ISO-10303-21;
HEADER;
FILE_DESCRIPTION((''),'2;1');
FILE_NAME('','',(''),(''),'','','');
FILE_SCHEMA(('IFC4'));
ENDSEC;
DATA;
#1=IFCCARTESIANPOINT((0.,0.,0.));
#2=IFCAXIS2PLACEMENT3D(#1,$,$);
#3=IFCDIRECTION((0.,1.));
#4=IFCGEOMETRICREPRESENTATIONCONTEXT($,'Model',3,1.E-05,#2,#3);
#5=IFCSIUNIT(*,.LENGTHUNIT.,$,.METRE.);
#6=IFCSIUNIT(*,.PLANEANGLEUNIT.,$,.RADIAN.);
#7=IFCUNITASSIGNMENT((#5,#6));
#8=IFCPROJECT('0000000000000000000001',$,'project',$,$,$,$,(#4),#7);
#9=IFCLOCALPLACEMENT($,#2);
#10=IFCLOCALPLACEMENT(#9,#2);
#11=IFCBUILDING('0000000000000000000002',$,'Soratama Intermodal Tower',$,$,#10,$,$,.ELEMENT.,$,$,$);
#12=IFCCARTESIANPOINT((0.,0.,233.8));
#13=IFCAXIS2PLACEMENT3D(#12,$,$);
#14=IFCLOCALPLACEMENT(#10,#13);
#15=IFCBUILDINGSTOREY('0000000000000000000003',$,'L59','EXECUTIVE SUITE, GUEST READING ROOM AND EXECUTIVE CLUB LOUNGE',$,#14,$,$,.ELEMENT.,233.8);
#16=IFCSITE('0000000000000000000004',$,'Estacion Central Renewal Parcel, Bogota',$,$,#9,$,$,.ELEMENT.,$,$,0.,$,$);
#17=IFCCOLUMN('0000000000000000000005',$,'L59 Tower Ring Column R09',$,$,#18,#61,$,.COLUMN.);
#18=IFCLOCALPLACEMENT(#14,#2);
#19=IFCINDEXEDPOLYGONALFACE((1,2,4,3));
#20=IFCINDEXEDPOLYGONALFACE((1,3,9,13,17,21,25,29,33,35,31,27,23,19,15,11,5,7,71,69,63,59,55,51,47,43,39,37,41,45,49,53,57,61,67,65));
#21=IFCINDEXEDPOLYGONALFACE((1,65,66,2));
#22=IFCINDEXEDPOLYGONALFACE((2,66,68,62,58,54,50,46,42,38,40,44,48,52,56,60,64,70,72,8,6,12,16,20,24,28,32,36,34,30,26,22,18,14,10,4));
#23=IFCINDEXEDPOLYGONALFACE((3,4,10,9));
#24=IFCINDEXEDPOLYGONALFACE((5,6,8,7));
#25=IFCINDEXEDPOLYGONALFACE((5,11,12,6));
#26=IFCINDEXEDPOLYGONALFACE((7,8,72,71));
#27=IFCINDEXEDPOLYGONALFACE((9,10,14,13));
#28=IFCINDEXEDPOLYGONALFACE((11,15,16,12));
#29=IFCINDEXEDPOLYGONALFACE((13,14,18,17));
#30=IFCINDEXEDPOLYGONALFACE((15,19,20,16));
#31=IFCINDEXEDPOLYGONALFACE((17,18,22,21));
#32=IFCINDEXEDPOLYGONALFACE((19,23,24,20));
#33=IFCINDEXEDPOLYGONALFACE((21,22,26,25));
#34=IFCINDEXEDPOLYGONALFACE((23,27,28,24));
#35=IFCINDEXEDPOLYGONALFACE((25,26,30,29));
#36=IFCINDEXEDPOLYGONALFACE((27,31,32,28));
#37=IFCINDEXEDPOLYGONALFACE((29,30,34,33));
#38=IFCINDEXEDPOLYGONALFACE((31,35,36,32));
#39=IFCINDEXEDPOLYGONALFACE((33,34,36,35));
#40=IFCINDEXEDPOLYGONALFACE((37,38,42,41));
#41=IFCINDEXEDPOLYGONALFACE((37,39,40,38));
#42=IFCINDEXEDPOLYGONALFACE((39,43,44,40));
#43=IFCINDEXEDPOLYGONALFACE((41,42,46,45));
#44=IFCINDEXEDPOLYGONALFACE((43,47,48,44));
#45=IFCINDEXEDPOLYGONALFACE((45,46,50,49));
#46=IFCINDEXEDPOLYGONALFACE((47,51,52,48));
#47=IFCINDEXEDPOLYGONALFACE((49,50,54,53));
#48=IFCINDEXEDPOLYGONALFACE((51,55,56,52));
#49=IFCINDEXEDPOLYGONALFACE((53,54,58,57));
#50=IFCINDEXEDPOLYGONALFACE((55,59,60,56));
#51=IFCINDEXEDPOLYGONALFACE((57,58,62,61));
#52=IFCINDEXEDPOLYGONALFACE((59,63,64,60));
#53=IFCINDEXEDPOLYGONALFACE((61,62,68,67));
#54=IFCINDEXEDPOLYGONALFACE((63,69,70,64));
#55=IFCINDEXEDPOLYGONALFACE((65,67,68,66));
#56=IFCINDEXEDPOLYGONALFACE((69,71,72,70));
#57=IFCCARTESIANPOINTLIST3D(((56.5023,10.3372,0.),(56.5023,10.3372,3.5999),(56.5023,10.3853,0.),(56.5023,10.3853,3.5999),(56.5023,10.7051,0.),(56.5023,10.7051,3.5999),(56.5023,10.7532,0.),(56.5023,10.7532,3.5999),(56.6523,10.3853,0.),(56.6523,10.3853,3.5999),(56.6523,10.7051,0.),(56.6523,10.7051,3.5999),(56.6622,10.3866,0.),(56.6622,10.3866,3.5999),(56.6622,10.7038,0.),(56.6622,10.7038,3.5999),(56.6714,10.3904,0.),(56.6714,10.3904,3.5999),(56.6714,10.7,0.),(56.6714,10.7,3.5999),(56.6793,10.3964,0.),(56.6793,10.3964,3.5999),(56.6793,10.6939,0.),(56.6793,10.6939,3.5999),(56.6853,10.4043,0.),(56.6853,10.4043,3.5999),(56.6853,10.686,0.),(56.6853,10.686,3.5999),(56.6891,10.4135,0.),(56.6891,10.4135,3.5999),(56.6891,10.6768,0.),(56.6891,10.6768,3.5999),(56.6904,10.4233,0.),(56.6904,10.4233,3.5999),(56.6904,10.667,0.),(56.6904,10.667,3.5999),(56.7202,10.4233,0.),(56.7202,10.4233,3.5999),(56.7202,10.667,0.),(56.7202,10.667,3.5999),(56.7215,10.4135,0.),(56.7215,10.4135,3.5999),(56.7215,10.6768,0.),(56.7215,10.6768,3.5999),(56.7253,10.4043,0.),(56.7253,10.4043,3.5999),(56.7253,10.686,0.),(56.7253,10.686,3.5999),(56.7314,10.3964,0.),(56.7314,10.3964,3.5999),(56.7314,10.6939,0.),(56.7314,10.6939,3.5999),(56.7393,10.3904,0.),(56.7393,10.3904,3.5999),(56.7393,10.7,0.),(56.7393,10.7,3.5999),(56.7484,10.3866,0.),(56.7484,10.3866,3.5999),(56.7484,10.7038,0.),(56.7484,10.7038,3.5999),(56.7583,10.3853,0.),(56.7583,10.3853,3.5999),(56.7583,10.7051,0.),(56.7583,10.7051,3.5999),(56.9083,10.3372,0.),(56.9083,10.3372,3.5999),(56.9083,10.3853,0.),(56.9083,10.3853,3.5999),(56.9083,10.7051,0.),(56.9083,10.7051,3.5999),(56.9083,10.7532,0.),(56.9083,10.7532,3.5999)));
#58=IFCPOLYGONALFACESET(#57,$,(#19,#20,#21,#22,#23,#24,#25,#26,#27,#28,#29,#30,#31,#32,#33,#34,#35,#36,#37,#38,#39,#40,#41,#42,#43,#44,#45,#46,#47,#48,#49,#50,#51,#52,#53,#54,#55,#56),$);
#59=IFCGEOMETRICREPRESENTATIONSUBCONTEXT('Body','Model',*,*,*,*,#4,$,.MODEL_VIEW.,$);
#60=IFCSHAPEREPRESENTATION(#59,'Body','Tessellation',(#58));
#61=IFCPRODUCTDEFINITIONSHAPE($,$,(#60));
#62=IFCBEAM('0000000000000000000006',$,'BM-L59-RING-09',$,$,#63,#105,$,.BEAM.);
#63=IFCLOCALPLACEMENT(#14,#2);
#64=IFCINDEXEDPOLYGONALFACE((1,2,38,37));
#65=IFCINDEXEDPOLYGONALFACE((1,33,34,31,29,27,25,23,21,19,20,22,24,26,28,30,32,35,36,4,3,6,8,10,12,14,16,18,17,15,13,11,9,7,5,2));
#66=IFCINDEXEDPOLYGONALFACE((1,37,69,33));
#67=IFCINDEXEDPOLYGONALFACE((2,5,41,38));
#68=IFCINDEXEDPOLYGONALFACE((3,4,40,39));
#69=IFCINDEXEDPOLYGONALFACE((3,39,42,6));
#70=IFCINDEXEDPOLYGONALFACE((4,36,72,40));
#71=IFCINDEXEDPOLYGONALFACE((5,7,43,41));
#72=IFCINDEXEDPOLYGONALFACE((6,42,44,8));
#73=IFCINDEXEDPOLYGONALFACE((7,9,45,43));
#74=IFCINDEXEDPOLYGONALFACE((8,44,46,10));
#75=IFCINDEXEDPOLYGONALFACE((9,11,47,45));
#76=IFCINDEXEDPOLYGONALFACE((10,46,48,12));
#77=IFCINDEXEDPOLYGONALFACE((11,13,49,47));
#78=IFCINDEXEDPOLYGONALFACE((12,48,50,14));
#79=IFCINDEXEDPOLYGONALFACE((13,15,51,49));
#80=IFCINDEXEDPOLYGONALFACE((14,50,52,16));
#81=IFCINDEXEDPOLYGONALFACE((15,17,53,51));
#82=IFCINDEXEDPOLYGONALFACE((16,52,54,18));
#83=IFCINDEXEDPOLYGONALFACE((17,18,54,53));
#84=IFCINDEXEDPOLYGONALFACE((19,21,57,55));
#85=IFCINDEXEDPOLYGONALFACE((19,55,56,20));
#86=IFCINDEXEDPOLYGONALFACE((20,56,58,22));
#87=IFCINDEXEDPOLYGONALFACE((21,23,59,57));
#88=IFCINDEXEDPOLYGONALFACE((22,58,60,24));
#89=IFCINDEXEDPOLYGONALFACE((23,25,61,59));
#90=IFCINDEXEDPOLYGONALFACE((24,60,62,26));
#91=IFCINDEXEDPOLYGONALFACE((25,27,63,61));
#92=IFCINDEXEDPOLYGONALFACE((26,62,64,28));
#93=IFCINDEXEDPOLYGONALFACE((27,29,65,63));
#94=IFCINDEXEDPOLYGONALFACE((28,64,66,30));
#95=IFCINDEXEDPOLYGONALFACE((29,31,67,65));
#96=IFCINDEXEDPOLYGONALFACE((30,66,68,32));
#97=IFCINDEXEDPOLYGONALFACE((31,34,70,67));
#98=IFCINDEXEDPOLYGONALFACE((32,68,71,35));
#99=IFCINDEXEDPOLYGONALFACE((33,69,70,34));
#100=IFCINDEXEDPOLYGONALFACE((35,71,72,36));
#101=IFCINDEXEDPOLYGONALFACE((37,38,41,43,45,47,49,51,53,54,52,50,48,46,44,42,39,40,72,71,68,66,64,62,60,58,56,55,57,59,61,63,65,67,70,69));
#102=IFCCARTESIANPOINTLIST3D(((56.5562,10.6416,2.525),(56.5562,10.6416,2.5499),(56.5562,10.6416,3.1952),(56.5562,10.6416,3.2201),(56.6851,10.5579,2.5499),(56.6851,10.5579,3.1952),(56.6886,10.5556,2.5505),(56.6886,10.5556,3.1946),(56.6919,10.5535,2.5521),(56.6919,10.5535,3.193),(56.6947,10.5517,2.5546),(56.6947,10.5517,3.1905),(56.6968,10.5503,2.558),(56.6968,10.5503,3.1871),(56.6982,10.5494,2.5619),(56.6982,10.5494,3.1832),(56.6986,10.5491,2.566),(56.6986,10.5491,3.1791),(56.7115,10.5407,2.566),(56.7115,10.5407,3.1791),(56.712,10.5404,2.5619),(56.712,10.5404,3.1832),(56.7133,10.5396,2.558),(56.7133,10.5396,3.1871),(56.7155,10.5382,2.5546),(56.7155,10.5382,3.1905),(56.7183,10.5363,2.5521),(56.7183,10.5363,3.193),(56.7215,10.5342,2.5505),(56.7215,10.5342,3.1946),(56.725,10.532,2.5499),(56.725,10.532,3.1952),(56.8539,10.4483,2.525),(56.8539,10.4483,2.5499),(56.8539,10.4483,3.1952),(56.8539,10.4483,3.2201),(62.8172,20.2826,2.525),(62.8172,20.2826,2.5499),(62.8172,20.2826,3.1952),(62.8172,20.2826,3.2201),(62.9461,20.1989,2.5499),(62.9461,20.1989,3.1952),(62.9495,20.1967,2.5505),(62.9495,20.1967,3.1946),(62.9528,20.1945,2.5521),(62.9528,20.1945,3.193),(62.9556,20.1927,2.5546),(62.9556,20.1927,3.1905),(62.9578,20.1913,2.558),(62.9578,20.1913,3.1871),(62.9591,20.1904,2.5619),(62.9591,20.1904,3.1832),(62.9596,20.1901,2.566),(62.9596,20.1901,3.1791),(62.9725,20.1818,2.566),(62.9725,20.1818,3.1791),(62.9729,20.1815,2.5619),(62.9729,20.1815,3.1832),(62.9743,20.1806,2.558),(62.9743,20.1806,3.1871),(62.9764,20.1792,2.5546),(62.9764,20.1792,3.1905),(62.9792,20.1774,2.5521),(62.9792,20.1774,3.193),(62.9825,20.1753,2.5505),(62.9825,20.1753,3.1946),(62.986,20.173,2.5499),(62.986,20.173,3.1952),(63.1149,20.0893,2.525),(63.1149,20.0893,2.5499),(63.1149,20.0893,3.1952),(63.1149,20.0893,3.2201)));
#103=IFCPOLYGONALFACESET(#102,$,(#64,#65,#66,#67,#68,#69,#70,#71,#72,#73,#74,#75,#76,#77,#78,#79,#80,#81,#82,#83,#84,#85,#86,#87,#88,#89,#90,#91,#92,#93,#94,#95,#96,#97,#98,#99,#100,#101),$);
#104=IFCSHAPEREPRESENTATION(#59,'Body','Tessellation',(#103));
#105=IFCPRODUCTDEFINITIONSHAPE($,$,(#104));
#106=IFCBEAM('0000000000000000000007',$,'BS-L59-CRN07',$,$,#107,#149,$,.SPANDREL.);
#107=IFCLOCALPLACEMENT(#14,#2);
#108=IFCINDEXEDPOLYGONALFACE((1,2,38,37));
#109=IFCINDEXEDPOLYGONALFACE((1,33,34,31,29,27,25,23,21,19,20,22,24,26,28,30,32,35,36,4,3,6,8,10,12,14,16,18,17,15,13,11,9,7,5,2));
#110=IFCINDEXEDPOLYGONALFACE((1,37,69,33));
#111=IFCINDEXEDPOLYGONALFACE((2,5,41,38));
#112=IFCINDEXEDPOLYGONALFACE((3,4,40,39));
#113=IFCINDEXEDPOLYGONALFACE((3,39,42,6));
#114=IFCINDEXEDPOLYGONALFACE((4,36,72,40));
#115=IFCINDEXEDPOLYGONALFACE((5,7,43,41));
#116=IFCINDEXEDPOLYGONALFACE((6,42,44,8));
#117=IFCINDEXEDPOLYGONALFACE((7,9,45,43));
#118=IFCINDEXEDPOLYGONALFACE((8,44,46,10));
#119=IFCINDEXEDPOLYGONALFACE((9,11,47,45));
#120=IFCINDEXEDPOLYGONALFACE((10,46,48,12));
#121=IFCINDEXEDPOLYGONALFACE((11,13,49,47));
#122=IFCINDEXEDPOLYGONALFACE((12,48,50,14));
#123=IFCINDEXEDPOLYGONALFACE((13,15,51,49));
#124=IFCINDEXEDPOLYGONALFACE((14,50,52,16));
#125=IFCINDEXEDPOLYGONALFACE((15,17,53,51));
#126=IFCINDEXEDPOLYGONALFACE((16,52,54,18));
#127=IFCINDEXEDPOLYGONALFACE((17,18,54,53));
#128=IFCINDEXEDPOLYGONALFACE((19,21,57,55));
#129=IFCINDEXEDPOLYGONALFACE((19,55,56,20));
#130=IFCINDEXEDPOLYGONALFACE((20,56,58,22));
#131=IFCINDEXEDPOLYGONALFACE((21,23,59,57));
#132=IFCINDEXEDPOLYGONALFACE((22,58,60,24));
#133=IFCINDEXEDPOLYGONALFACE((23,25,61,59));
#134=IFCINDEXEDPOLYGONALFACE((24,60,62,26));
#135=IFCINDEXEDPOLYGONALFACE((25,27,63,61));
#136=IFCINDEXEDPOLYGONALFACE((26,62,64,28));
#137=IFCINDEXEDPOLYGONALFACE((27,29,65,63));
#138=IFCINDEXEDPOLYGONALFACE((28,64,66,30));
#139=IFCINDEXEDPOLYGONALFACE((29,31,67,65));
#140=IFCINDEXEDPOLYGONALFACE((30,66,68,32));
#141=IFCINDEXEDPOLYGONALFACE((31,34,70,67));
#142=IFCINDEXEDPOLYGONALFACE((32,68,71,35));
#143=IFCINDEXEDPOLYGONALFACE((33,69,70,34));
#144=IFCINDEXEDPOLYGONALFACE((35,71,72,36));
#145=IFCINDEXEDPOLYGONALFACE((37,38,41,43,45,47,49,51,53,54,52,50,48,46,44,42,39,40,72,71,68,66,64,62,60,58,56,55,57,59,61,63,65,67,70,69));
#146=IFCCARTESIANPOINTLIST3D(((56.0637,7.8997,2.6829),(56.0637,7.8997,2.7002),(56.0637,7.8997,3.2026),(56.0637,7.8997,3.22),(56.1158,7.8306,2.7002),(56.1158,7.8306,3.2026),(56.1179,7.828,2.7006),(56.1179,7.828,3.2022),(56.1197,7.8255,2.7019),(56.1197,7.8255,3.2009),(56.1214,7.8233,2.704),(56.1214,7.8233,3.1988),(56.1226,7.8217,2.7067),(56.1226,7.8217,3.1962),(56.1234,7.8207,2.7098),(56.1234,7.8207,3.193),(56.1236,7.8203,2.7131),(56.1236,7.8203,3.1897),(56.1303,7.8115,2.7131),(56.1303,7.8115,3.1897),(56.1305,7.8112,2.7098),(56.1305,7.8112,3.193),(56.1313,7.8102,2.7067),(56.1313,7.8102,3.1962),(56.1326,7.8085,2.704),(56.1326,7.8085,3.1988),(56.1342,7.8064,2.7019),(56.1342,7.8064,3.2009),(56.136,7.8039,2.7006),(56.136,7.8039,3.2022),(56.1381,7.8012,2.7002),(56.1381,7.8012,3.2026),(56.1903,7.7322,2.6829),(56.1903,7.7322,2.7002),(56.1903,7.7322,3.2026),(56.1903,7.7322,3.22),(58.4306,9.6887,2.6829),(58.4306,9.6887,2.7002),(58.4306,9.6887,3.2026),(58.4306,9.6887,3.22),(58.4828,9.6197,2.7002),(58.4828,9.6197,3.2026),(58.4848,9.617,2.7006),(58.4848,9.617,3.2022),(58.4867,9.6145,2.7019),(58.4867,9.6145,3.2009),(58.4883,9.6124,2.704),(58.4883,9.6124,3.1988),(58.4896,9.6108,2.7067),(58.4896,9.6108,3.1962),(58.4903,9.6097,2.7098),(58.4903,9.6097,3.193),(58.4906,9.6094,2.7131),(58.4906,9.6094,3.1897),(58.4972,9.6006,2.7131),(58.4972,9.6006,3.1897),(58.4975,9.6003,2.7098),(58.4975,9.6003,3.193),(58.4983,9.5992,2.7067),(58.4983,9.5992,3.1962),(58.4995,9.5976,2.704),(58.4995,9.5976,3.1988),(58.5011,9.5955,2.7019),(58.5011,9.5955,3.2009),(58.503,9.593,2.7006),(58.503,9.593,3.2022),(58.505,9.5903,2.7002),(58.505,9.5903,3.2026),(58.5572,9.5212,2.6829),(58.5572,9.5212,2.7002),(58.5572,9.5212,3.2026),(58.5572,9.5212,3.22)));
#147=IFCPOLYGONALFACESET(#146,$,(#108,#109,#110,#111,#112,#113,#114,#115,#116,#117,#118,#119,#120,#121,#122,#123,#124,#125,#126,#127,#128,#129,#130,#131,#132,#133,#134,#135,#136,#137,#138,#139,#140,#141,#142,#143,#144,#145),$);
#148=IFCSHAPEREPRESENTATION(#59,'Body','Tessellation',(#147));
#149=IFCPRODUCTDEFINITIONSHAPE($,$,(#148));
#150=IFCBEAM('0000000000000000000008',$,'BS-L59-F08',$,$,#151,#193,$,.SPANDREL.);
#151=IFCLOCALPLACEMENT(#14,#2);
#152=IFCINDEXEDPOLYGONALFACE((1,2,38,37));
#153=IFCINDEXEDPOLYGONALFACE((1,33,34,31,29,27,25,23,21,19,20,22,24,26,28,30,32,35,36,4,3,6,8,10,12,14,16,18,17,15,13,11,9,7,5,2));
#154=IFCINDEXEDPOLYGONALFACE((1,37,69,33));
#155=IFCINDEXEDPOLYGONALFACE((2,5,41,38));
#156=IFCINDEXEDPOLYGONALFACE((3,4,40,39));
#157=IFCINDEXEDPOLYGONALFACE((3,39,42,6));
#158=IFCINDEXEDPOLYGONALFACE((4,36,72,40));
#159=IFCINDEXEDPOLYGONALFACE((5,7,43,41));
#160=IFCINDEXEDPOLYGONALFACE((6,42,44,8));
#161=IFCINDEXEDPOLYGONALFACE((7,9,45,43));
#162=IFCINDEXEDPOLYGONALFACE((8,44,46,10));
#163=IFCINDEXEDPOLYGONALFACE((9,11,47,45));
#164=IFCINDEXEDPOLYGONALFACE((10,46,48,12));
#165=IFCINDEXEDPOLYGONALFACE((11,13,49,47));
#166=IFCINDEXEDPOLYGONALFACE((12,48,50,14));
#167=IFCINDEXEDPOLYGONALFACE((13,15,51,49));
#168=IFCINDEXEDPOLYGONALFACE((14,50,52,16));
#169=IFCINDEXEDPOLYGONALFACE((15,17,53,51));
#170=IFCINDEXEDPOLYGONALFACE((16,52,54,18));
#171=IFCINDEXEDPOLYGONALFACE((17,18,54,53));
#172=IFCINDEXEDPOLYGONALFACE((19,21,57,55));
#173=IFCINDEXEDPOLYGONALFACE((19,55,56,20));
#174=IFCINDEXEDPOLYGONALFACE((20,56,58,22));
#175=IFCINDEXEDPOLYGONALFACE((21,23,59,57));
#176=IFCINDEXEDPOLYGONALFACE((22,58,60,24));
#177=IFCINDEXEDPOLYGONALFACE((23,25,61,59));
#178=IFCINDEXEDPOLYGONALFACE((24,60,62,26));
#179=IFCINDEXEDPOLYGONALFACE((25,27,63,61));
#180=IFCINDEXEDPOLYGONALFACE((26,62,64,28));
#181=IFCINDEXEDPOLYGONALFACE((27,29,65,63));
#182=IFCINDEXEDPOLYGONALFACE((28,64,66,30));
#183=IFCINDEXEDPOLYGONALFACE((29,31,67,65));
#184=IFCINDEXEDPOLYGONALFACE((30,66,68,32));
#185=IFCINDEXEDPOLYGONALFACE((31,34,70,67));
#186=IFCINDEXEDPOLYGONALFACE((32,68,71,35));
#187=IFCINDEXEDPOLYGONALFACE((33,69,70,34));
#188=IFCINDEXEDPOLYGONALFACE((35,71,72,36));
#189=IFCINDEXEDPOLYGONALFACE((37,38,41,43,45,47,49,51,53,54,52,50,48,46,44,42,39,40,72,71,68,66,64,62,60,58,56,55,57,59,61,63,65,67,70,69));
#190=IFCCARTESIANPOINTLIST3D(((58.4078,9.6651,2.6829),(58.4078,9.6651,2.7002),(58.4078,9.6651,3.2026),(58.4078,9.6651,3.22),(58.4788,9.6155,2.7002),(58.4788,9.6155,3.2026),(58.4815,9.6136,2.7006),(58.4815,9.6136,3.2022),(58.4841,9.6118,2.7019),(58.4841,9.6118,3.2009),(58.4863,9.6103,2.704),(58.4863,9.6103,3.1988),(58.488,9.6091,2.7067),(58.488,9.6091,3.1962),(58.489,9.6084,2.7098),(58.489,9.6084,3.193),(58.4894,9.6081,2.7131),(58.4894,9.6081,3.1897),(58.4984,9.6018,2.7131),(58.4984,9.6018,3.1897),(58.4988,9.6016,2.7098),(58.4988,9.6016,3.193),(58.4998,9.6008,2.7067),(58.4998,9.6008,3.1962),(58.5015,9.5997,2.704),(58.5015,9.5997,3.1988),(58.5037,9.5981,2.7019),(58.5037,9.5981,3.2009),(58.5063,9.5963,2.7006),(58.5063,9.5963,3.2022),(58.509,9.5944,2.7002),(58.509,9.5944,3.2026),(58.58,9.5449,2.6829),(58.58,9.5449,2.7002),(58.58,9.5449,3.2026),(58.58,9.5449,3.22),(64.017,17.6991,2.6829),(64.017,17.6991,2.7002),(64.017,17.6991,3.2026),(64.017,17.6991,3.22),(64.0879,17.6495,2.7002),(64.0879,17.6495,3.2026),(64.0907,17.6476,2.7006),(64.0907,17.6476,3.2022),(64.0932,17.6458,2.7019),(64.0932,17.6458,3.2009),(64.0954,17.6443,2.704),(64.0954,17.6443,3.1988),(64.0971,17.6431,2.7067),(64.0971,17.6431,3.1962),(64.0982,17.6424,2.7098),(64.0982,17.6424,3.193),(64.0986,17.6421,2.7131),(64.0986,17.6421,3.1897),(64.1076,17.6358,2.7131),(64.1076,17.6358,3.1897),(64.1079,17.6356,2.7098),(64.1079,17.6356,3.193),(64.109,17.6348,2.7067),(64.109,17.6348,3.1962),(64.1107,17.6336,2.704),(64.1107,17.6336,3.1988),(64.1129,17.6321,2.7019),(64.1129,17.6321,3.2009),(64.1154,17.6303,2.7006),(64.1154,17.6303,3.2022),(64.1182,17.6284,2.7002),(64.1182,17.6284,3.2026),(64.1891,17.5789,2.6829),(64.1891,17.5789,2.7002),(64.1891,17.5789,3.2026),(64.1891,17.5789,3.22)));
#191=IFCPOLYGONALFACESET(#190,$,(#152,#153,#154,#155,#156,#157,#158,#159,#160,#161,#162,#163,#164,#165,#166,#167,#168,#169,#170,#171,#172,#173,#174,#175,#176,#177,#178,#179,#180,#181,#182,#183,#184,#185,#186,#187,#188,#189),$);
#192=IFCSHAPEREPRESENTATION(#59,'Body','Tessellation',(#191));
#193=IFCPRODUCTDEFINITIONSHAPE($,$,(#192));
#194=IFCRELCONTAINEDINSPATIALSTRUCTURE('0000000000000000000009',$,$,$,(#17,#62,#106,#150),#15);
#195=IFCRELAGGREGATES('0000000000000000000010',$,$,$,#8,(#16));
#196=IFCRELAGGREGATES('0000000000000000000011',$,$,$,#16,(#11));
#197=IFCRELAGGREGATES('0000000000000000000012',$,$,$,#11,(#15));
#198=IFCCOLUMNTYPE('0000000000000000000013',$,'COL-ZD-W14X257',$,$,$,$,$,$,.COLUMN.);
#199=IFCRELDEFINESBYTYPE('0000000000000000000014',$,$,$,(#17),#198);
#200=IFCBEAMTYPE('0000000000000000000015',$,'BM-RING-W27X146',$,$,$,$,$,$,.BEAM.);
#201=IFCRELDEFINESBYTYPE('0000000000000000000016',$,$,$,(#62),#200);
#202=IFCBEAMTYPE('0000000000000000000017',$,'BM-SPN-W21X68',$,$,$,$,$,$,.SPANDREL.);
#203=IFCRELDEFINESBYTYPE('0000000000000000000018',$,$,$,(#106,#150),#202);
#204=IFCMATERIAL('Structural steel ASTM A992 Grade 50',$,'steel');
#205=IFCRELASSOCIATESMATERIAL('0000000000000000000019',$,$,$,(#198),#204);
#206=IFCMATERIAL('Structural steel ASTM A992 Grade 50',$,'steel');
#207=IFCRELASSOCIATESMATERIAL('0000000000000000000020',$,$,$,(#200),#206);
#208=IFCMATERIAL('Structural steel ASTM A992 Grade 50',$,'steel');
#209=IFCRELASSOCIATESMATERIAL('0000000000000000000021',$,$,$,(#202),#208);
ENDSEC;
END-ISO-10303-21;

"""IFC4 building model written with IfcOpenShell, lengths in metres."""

from ifc_helpers import new_model, si_unit, direction, frame, origin, origin_2d, place, context, subcontext, project, spatial, i_section, extrude, material, material_profile, profile_set, type_object, element, save


model = new_model("IFC4")

# Units and contexts
model_context = context("Model", 3, precision=1e-05, world=origin(), true_north=direction((0.0, 1.0)))
body_context = subcontext(model_context, "Body", "Model", "MODEL_VIEW")
ifc_project = project(units=[si_unit("LENGTHUNIT", "METRE"), si_unit("PLANEANGLEUNIT", "RADIAN")], contexts=[model_context])

# Site, building, storey
site_placement = place(None, origin())
site = spatial("IfcSite", under=ifc_project, at=site_placement, Name="Estacion Central Renewal Parcel, Bogota", CompositionType="ELEMENT", RefElevation=0.0)
building_placement = place(site_placement, origin())
building = spatial("IfcBuilding", under=site, at=building_placement, Name="Soratama Intermodal Tower", CompositionType="ELEMENT")
storey_placement = place(building_placement, frame((0.0, 0.0, 233.8)))
storey = spatial("IfcBuildingStorey", under=building, at=storey_placement, Name="L59", Description="EXECUTIVE SUITE, GUEST READING ROOM AND EXECUTIVE CLUB LOUNGE", CompositionType="ELEMENT", Elevation=233.8)

# Column
ifc_material_1 = material(Name="Structural steel ASTM A992 Grade 50", Category="steel")
ifc_material_profile_1 = material_profile(ifc_material_1, i_section(OverallWidth=0.406, OverallDepth=0.416, WebThickness=0.0298, FlangeThickness=0.0481, FilletRadius=0.0381, at=origin_2d()), Name="W14X257")
ifc_profile_set_1 = profile_set([ifc_material_profile_1], Name="Structural steel ASTM A992 Grade 50")
column_type = type_object("IfcColumnType", Name="COL-ZD-W14X257", PredefinedType="COLUMN", material=ifc_profile_set_1)
column_placement = place(storey_placement, frame((56.7053, 10.5452, 0.0), z_axis=(0.0, 0.0, 1.0), x_axis=(1.0, 0.0, 0.0)))
element("IfcColumn", 1, at=column_placement, inside=storey, type_object=column_type, Name="L59 Tower Ring Column R09", PredefinedType="COLUMN", context=body_context, shape_type="SweptSolid", body=[
    extrude(i_section(OverallWidth=0.406, OverallDepth=0.416, WebThickness=0.0298, FlangeThickness=0.0481, FilletRadius=0.0381, at=origin_2d()), origin(), (0.0, 0.0, 1.0), 3.5999),
])

# Beams
ifc_material_2 = material(Name="Structural steel ASTM A992 Grade 50", Category="steel")
ifc_material_profile_2 = material_profile(ifc_material_2, i_section(OverallWidth=0.355, OverallDepth=0.6951, WebThickness=0.0154, FlangeThickness=0.0249, FilletRadius=0.0161, at=origin_2d()), Name="W27X146")
ifc_profile_set_2 = profile_set([ifc_material_profile_2], Name="Structural steel ASTM A992 Grade 50")
beam_type_1 = type_object("IfcBeamType", Name="BM-RING-W27X146", PredefinedType="BEAM", material=ifc_profile_set_2)
beam_1_placement = place(storey_placement, frame((56.7051, 10.5449, 2.8726), z_axis=(0.544637, 0.838672, 0.0), x_axis=(-0.838672, 0.544637, 0.0)))
element("IfcBeam", 2, at=beam_1_placement, inside=storey, type_object=beam_type_1, Name="BM-L59-RING-09", PredefinedType="BEAM", context=body_context, shape_type="SweptSolid", body=[
    extrude(i_section(OverallWidth=0.355, OverallDepth=0.6951, WebThickness=0.0154, FlangeThickness=0.0249, FilletRadius=0.0161, at=origin_2d()), origin(), (0.0, 0.0, 1.0), 11.4956),
])
ifc_material_3 = material(Name="Structural steel ASTM A992 Grade 50", Category="steel")
ifc_material_profile_3 = material_profile(ifc_material_3, i_section(OverallWidth=0.21, OverallDepth=0.5371, WebThickness=0.011, FlangeThickness=0.0173, FilletRadius=0.0129, at=origin_2d()), Name="W21X68")
ifc_profile_set_3 = profile_set([ifc_material_profile_3], Name="Structural steel ASTM A992 Grade 50")
beam_type_2 = type_object("IfcBeamType", Name="BM-SPN-W21X68", PredefinedType="SPANDREL", material=ifc_profile_set_3)
beam_2_placement = place(storey_placement, frame((56.127, 7.8159, 2.9514), z_axis=(0.797753, 0.602984, 0.0), x_axis=(-0.602984, 0.797753, 0.0)))
element("IfcBeam", 3, at=beam_2_placement, inside=storey, type_object=beam_type_2, Name="BS-L59-CRN07", PredefinedType="SPANDREL", context=body_context, shape_type="SweptSolid", body=[
    extrude(i_section(OverallWidth=0.21, OverallDepth=0.5371, WebThickness=0.011, FlangeThickness=0.0173, FilletRadius=0.0129, at=origin_2d()), origin(), (0.0, 0.0, 1.0), 2.967),
])
beam_3_placement = place(storey_placement, frame((58.4939, 9.605, 2.9514), z_axis=(0.57246, 0.819932, 0.0), x_axis=(-0.819932, 0.57246, 0.0)))
element("IfcBeam", 4, at=beam_3_placement, inside=storey, type_object=beam_type_2, Name="BS-L59-F08", PredefinedType="SPANDREL", context=body_context, shape_type="SweptSolid", body=[
    extrude(i_section(OverallWidth=0.21, OverallDepth=0.5371, WebThickness=0.011, FlangeThickness=0.0173, FilletRadius=0.0129, at=origin_2d()), origin(), (0.0, 0.0, 1.0), 9.7983),
])

save(model, "model.ifc")
